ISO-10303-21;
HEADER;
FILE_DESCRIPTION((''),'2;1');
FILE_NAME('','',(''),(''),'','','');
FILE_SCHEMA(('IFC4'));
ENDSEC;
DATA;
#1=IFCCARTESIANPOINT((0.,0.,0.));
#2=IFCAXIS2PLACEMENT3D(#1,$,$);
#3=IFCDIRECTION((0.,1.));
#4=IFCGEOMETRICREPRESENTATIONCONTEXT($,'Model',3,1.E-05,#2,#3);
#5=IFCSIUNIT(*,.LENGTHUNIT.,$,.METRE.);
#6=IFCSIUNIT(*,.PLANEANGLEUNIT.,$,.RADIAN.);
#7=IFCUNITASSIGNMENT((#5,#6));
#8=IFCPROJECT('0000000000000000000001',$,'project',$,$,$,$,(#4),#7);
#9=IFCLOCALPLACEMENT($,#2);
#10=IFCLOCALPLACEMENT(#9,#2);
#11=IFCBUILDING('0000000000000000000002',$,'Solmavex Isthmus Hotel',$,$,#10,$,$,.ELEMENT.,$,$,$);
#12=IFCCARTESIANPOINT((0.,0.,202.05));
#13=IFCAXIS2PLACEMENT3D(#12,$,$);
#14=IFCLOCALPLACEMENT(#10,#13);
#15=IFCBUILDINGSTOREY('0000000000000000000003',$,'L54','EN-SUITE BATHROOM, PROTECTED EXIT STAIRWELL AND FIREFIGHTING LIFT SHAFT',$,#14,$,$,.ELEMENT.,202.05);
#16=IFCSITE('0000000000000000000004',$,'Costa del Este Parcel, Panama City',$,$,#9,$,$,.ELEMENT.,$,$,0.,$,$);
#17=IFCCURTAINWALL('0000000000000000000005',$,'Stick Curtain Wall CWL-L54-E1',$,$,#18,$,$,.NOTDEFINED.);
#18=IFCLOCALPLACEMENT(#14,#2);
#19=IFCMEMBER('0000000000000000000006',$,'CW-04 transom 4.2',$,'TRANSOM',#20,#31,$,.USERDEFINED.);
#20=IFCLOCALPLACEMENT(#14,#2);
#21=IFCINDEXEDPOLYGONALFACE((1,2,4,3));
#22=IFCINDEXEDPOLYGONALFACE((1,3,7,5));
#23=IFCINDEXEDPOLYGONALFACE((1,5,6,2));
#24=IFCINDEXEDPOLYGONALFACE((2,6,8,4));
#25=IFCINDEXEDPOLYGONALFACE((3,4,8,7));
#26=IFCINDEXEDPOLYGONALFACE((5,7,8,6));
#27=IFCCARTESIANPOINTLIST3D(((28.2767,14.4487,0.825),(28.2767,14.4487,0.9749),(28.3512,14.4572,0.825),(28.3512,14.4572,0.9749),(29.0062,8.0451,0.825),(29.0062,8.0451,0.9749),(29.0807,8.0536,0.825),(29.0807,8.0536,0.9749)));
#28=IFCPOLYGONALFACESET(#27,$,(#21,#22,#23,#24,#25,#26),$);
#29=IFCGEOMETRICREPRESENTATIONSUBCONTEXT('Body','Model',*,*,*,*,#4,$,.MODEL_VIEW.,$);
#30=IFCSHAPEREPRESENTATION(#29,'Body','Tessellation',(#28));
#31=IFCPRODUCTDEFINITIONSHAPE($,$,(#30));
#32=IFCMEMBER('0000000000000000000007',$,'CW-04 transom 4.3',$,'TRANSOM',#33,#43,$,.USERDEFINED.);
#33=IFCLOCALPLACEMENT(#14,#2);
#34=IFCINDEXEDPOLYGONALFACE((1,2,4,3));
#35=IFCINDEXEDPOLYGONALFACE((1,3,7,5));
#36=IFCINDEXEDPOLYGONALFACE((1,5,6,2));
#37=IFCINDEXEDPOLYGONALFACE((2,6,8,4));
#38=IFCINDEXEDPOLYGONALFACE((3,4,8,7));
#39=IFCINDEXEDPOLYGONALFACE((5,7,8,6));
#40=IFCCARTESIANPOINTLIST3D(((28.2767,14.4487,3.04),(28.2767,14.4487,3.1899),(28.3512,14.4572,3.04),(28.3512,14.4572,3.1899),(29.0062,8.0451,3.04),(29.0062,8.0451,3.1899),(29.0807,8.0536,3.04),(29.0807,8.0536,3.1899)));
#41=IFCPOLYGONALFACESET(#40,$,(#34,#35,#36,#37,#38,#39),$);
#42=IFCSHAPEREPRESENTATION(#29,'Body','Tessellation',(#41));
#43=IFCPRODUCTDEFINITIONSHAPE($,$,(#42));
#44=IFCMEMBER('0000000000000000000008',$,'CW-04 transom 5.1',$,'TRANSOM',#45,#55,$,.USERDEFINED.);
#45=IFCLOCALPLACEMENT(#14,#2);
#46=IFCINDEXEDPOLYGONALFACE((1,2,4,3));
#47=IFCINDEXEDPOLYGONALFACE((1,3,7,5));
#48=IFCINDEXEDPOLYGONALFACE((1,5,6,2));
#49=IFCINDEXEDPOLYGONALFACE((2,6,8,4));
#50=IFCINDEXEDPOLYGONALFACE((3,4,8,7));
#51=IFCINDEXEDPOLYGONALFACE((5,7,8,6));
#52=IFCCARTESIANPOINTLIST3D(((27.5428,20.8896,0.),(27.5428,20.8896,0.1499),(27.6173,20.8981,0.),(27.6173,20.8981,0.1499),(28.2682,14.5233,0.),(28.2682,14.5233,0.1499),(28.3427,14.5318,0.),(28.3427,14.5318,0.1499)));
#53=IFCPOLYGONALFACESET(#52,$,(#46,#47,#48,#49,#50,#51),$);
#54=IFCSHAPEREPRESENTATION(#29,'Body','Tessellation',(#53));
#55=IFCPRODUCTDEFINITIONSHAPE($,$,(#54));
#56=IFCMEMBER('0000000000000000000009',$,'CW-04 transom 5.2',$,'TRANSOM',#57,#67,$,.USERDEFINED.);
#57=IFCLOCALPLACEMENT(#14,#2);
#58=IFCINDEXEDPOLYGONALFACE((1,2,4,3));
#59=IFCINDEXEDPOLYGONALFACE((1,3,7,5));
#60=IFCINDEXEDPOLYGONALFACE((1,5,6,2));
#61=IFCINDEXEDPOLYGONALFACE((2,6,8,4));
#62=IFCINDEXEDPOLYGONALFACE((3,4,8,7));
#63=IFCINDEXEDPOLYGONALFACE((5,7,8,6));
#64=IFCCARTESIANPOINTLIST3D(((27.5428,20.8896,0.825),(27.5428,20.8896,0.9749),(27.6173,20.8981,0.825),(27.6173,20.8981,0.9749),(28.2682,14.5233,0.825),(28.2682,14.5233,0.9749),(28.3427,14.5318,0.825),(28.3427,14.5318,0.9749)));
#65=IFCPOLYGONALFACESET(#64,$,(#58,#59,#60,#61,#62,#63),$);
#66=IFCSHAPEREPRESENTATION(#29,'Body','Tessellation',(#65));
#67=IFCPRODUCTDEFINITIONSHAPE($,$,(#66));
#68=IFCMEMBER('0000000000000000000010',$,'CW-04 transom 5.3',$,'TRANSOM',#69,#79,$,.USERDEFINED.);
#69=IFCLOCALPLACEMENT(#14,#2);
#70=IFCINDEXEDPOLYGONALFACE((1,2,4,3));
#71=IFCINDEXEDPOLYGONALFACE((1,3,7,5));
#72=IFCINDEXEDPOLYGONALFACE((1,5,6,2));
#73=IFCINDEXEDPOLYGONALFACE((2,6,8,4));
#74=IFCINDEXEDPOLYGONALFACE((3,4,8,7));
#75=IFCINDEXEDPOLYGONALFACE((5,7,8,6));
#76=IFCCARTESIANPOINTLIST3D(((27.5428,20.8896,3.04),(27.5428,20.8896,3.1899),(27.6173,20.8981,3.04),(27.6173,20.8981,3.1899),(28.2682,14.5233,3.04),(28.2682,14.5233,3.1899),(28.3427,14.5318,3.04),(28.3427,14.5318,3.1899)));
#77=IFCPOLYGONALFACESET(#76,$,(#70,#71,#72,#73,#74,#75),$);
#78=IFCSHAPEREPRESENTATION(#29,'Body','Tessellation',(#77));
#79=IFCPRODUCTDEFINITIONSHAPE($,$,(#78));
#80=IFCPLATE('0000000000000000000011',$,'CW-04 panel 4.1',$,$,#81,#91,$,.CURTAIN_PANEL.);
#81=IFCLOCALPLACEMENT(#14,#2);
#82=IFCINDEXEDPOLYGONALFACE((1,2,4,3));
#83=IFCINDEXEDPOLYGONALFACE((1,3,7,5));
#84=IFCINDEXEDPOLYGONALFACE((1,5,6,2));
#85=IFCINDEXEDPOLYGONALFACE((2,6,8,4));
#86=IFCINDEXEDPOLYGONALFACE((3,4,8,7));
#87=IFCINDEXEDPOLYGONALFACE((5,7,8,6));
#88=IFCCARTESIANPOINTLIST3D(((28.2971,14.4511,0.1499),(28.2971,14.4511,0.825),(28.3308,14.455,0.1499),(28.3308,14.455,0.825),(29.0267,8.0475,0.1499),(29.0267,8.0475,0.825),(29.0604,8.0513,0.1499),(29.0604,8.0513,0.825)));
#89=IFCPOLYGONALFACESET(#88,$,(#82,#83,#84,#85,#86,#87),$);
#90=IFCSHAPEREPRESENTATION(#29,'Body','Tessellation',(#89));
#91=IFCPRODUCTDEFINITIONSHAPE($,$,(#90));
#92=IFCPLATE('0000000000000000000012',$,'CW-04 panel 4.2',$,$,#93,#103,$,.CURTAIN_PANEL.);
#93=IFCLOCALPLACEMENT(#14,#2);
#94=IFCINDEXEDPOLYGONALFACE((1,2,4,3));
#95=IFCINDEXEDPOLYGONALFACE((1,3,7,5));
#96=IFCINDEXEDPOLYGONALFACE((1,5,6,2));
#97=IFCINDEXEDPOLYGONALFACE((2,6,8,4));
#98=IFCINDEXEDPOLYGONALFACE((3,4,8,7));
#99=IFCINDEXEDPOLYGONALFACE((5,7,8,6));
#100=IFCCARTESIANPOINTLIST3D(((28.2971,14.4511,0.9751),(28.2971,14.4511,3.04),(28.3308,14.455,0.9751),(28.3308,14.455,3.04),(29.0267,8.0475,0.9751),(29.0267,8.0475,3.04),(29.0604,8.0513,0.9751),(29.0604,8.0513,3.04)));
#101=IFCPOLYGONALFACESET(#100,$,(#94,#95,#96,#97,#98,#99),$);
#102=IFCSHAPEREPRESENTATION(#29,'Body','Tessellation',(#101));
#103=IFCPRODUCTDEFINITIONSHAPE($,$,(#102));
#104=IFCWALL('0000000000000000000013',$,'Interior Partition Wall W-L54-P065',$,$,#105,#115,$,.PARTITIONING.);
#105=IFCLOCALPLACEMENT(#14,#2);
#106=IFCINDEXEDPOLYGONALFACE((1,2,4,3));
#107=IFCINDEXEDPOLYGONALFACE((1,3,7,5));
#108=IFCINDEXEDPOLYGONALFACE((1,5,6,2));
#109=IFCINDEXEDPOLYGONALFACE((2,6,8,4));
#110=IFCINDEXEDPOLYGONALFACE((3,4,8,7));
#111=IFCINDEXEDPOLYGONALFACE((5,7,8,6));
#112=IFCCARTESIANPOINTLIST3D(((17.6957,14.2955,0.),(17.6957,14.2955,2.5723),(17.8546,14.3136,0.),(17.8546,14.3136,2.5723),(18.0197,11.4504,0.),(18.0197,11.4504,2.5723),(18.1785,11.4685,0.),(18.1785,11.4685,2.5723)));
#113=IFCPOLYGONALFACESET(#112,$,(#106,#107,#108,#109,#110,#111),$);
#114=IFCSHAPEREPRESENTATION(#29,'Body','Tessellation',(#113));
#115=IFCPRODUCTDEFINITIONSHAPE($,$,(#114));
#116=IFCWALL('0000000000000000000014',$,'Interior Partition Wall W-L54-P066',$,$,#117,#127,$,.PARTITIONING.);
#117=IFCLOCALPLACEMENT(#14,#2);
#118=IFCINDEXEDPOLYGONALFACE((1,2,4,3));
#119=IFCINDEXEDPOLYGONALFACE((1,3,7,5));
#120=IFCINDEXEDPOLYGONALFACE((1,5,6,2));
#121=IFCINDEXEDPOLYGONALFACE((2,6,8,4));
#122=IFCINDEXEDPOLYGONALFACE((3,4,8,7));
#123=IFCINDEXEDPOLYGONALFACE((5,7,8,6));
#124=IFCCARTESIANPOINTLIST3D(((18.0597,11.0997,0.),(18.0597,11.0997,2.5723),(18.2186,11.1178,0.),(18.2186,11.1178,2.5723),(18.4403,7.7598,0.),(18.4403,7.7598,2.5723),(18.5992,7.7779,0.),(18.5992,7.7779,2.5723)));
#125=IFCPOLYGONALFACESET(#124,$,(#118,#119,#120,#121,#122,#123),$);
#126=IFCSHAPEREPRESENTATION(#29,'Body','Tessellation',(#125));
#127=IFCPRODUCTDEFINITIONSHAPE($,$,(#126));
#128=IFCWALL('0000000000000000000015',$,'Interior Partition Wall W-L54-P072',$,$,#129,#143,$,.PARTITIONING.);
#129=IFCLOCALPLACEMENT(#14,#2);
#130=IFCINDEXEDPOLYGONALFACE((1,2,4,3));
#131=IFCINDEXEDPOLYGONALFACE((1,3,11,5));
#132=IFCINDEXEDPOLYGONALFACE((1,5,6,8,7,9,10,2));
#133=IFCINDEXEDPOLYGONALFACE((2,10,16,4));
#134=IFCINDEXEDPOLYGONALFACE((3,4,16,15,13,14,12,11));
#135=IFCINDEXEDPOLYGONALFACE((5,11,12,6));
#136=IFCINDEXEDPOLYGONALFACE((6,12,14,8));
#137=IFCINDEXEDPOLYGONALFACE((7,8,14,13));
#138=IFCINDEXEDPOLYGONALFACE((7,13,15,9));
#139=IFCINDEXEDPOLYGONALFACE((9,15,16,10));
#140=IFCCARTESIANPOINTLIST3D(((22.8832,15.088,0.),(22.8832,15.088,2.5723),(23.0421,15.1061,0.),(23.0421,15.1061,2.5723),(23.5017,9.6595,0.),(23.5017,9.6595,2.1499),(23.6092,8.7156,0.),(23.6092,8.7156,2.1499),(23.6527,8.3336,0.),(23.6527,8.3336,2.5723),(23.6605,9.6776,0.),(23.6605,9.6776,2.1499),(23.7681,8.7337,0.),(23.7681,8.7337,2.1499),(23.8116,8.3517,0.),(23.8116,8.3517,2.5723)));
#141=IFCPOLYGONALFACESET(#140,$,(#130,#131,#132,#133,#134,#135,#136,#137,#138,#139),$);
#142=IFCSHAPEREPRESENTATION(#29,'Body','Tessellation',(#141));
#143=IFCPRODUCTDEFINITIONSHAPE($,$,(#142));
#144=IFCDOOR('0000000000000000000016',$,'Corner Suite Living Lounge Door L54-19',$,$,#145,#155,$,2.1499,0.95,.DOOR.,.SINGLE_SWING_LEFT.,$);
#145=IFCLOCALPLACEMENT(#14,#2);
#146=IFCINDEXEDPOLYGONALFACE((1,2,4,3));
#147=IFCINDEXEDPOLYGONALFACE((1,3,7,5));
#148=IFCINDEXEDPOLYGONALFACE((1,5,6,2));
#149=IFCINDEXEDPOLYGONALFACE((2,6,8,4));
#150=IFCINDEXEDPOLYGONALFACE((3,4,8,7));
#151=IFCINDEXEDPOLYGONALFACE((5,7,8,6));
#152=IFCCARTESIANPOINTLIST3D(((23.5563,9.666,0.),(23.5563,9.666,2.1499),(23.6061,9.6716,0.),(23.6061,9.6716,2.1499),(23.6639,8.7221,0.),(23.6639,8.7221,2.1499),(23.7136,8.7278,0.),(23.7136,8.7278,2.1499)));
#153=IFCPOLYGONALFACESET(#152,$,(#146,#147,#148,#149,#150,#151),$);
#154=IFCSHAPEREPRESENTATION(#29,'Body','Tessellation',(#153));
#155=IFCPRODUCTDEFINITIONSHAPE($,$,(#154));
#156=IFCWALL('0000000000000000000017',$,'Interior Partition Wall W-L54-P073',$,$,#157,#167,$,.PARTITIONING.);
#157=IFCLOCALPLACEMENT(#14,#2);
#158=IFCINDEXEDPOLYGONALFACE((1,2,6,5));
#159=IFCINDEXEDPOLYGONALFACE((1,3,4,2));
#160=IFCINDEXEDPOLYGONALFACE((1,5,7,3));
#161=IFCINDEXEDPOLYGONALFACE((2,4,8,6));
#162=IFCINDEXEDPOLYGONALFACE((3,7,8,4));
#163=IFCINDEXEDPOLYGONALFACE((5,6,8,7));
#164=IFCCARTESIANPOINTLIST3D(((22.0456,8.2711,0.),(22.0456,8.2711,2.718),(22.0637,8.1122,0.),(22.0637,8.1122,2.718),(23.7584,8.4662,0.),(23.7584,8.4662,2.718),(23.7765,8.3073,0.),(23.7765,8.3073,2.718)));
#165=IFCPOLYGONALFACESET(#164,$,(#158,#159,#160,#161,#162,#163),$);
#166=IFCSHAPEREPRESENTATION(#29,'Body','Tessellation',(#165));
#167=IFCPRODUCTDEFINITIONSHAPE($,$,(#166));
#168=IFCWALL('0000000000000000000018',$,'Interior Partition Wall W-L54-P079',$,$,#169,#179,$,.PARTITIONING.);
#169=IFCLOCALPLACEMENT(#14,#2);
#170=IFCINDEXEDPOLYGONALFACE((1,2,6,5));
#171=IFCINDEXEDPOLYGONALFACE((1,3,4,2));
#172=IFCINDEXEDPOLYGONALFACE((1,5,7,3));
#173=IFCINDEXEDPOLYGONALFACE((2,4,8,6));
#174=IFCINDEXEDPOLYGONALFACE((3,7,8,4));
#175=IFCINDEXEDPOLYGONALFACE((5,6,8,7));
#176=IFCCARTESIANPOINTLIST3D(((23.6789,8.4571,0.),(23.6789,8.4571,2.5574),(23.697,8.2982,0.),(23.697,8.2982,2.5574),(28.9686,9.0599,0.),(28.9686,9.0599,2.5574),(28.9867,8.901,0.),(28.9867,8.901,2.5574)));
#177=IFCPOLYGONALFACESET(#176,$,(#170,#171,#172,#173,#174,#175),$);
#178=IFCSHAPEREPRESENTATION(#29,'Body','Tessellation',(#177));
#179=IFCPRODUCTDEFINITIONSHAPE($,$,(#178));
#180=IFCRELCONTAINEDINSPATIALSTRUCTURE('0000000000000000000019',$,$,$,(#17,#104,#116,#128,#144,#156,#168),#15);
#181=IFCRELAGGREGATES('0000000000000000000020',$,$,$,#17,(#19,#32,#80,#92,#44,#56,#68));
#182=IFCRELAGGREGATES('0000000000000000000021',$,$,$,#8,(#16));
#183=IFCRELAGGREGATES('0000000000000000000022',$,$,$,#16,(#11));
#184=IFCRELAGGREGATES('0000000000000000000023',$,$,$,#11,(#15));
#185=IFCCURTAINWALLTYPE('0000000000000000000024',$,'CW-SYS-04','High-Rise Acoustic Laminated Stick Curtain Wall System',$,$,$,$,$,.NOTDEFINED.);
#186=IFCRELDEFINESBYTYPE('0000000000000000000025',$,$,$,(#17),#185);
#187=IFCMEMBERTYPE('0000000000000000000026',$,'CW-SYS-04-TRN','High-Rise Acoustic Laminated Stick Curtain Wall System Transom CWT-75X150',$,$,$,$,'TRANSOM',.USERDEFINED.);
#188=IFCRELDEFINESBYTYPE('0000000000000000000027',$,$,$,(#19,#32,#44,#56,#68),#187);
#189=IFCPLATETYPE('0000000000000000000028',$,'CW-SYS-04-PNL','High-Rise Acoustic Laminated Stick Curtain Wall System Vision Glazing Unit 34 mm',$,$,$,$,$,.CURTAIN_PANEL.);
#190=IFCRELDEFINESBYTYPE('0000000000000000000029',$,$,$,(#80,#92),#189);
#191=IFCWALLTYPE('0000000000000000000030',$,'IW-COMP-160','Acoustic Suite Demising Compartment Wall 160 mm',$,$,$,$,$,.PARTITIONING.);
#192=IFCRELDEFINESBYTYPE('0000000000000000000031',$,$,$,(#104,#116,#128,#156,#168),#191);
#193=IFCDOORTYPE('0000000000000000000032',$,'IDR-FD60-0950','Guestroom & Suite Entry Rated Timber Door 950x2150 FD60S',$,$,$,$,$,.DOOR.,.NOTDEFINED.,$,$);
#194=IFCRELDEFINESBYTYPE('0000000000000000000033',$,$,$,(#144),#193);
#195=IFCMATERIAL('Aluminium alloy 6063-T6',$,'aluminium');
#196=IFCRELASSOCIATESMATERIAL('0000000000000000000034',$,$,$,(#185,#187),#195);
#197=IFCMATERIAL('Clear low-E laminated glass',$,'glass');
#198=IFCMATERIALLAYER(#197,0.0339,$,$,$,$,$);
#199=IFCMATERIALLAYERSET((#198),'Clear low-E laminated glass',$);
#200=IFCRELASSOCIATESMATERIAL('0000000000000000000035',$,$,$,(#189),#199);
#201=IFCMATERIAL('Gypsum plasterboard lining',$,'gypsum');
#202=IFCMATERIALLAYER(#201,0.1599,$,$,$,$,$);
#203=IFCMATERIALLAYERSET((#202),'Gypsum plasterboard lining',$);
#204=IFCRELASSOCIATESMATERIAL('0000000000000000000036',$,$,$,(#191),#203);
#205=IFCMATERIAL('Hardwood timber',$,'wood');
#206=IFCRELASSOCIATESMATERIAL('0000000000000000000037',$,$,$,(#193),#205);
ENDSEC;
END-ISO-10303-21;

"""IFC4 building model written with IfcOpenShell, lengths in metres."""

from ifc_helpers import new_model, si_unit, direction, frame, frame_2d, origin, origin_2d, place, context, subcontext, project, spatial, rectangle, extrude, material, layer, layer_set, material_profile, profile_set, type_object, element, fill, aggregate, save


model = new_model("IFC4")

# Units and contexts
model_context = context("Model", 3, precision=1e-05, world=origin(), true_north=direction((0.0, 1.0)))
body_context = subcontext(model_context, "Body", "Model", "MODEL_VIEW")
ifc_project = project(units=[si_unit("LENGTHUNIT", "METRE"), si_unit("PLANEANGLEUNIT", "RADIAN")], contexts=[model_context])

# Site, building, storey
site_placement = place(None, origin())
site = spatial("IfcSite", under=ifc_project, at=site_placement, Name="Costa del Este Parcel, Panama City", CompositionType="ELEMENT", RefElevation=0.0)
building_placement = place(site_placement, origin())
building = spatial("IfcBuilding", under=site, at=building_placement, Name="Solmavex Isthmus Hotel", CompositionType="ELEMENT")
storey_placement = place(building_placement, frame((0.0, 0.0, 202.05)))
storey = spatial("IfcBuildingStorey", under=building, at=storey_placement, Name="L54", Description="EN-SUITE BATHROOM, PROTECTED EXIT STAIRWELL AND FIREFIGHTING LIFT SHAFT", CompositionType="ELEMENT", Elevation=202.05)

# Curtain wall, members, plates
ifc_material_1 = material(Name="Aluminium alloy 6063-T6", Category="aluminium")
curtain_wall_type = type_object("IfcCurtainWallType", Name="CW-SYS-04", Description="High-Rise Acoustic Laminated Stick Curtain Wall System", PredefinedType="NOTDEFINED", material=ifc_material_1)
curtain_wall_placement = place(storey_placement, origin())
curtain_wall = element("IfcCurtainWall", 1, at=curtain_wall_placement, inside=storey, type_object=curtain_wall_type, Name="Stick Curtain Wall CWL-L54-E1", PredefinedType="NOTDEFINED")
ifc_material_profile_1 = material_profile(ifc_material_1, rectangle(XDim=0.075, YDim=0.1499, at=origin_2d()), Name="CWT-75X150")
ifc_profile_set_1 = profile_set([ifc_material_profile_1], Name="Aluminium alloy 6063-T6")
member_type_1 = type_object("IfcMemberType", Name="CW-SYS-04-TRN", Description="High-Rise Acoustic Laminated Stick Curtain Wall System Transom CWT-75X150", ElementType="TRANSOM", PredefinedType="USERDEFINED", material=ifc_profile_set_1)
member_1_placement = place(storey_placement, frame((29.0435, 8.0493, 0.8999), z_axis=(-0.113188, 0.993574, 0.0), x_axis=(-0.993574, -0.113188, 0.0)))
member_1 = element("IfcMember", 2, at=member_1_placement, type_object=member_type_1, Name="CW-04 transom 4.2", ObjectType="TRANSOM", PredefinedType="USERDEFINED", context=body_context, shape_type="SweptSolid", body=[
    extrude(rectangle(XDim=0.075, YDim=0.1499, at=origin_2d()), origin(), (0.0, 0.0, 1.0), 6.4451),
])
member_2_placement = place(storey_placement, frame((29.0435, 8.0493, 3.115), z_axis=(-0.113188, 0.993574, 0.0), x_axis=(-0.993574, -0.113188, 0.0)))
member_2 = element("IfcMember", 3, at=member_2_placement, type_object=member_type_1, Name="CW-04 transom 4.3", ObjectType="TRANSOM", PredefinedType="USERDEFINED", context=body_context, shape_type="SweptSolid", body=[
    extrude(rectangle(XDim=0.075, YDim=0.1499, at=origin_2d()), origin(), (0.0, 0.0, 1.0), 6.4451),
])
member_3_placement = place(storey_placement, frame((28.3054, 14.5276, 0.075), z_axis=(-0.113204, 0.993572, 0.0), x_axis=(-0.993572, -0.113204, 0.0)))
member_3 = element("IfcMember", 4, at=member_3_placement, type_object=member_type_1, Name="CW-04 transom 5.1", ObjectType="TRANSOM", PredefinedType="USERDEFINED", context=body_context, shape_type="SweptSolid", body=[
    extrude(rectangle(XDim=0.075, YDim=0.1499, at=origin_2d()), origin(), (0.0, 0.0, 1.0), 6.4075),
])
member_4_placement = place(storey_placement, frame((28.3054, 14.5276, 0.8999), z_axis=(-0.113204, 0.993572, 0.0), x_axis=(-0.993572, -0.113204, 0.0)))
member_4 = element("IfcMember", 5, at=member_4_placement, type_object=member_type_1, Name="CW-04 transom 5.2", ObjectType="TRANSOM", PredefinedType="USERDEFINED", context=body_context, shape_type="SweptSolid", body=[
    extrude(rectangle(XDim=0.075, YDim=0.1499, at=origin_2d()), origin(), (0.0, 0.0, 1.0), 6.4075),
])
member_5_placement = place(storey_placement, frame((28.3054, 14.5276, 3.115), z_axis=(-0.113204, 0.993572, 0.0), x_axis=(-0.993572, -0.113204, 0.0)))
member_5 = element("IfcMember", 6, at=member_5_placement, type_object=member_type_1, Name="CW-04 transom 5.3", ObjectType="TRANSOM", PredefinedType="USERDEFINED", context=body_context, shape_type="SweptSolid", body=[
    extrude(rectangle(XDim=0.075, YDim=0.1499, at=origin_2d()), origin(), (0.0, 0.0, 1.0), 6.4075),
])
ifc_material_2 = material(Name="Clear low-E laminated glass", Category="glass")
ifc_layer_1 = layer(ifc_material_2, 0.0339)
ifc_layer_set_1 = layer_set([ifc_layer_1], Name="Clear low-E laminated glass")
plate_type = type_object("IfcPlateType", Name="CW-SYS-04-PNL", Description="High-Rise Acoustic Laminated Stick Curtain Wall System Vision Glazing Unit 34 mm", PredefinedType="CURTAIN_PANEL", material=ifc_layer_set_1)
plate_1_placement = place(storey_placement, frame((28.6787, 11.2512, 0.1499), z_axis=(0.0, 0.0, 1.0), x_axis=(-0.113203, 0.993572, 0.0)))
plate_1 = element("IfcPlate", 7, at=plate_1_placement, type_object=plate_type, Name="CW-04 panel 4.1", PredefinedType="CURTAIN_PANEL", context=body_context, shape_type="SweptSolid", body=[
    extrude(rectangle(XDim=6.4451, YDim=0.0339, at=origin_2d()), origin(), (0.0, 0.0, 1.0), 0.675),
])
plate_2_placement = place(storey_placement, frame((28.6787, 11.2512, 0.9751), z_axis=(0.0, 0.0, 1.0), x_axis=(-0.113203, 0.993572, 0.0)))
plate_2 = element("IfcPlate", 8, at=plate_2_placement, type_object=plate_type, Name="CW-04 panel 4.2", PredefinedType="CURTAIN_PANEL", context=body_context, shape_type="SweptSolid", body=[
    extrude(rectangle(XDim=6.4451, YDim=0.0339, at=origin_2d()), origin(), (0.0, 0.0, 1.0), 2.0649),
])
aggregate(curtain_wall, [member_1, member_2, plate_1, plate_2, member_3, member_4, member_5])

# Walls
ifc_material_3 = material(Name="Gypsum plasterboard lining", Category="gypsum")
ifc_layer_2 = layer(ifc_material_3, 0.1599)
ifc_layer_set_2 = layer_set([ifc_layer_2], Name="Gypsum plasterboard lining")
wall_type_1 = type_object("IfcWallType", Name="IW-COMP-160", Description="Acoustic Suite Demising Compartment Wall 160 mm", PredefinedType="PARTITIONING", material=ifc_layer_set_2)
wall_1_placement = place(storey_placement, frame((17.7751, 14.3044, 0.0), z_axis=(0.0, 0.0, 1.0), x_axis=(0.113135, -0.99358, 0.0)))
element("IfcWall", 9, at=wall_1_placement, inside=storey, type_object=wall_type_1, Name="Interior Partition Wall W-L54-P065", PredefinedType="PARTITIONING", context=body_context, shape_type="SweptSolid", body=[
    extrude(rectangle(XDim=2.8635, YDim=0.1599, at=frame_2d((1.4316, 0.0))), origin(), (0.0, 0.0, 1.0), 2.5723),
])
wall_2_placement = place(storey_placement, frame((18.1392, 11.1086, 0.0), z_axis=(0.0, 0.0, 1.0), x_axis=(0.113229, -0.993569, 0.0)))
element("IfcWall", 10, at=wall_2_placement, inside=storey, type_object=wall_type_1, Name="Interior Partition Wall W-L54-P066", PredefinedType="PARTITIONING", context=body_context, shape_type="SweptSolid", body=[
    extrude(rectangle(XDim=3.3616, YDim=0.1599, at=frame_2d((1.6807, 0.0))), origin(), (0.0, 0.0, 1.0), 2.5723),
])

# Wall, opening, door
ifc_material_4 = material(Name="Hardwood timber", Category="wood")
door_type_1 = type_object("IfcDoorType", Name="IDR-FD60-0950", Description="Guestroom & Suite Entry Rated Timber Door 950x2150 FD60S", OperationType="NOTDEFINED", PredefinedType="DOOR", material=ifc_material_4)
wall_3_placement = place(storey_placement, frame((22.9626, 15.0969, 0.0), z_axis=(0.0, 0.0, 1.0), x_axis=(0.113198, -0.993572, 0.0)))
wall_3 = element("IfcWall", 11, at=wall_3_placement, inside=storey, type_object=wall_type_1, Name="Interior Partition Wall W-L54-P072", PredefinedType="PARTITIONING", context=body_context, shape_type="SweptSolid", body=[
    extrude(rectangle(XDim=6.7981, YDim=0.1599, at=frame_2d((3.3989, 0.0))), origin(), (0.0, 0.0, 1.0), 2.5723),
])
opening_1_placement = place(wall_3_placement, frame((5.4634, 0.0, 0.0)))
opening_1 = element("IfcOpeningElement", 12, at=opening_1_placement, cuts=wall_3, PredefinedType="OPENING", context=body_context, shape_type="SweptSolid", body=[
    extrude(rectangle(XDim=0.95, YDim=2.1499, at=frame_2d((0.4751, 1.075))), frame((0.0, 0.0898, 0.0), z_axis=(0.0, -1.0, 0.0), x_axis=(1.0, 0.0, 0.0)), (0.0, 0.0, 1.0), 0.1799),
])
door_1_placement = place(opening_1_placement, frame((0.95, 0.0, 0.0), z_axis=(0.0, 0.0, 1.0), x_axis=(-1.0, 0.0, 0.0)))
door_1 = element("IfcDoor", 13, at=door_1_placement, inside=storey, type_object=door_type_1, Name="Corner Suite Living Lounge Door L54-19", OperationType="SINGLE_SWING_LEFT", OverallHeight=2.1499, OverallWidth=0.95, PredefinedType="DOOR", context=body_context, shape_type="SweptSolid", body=[
    extrude(rectangle(XDim=0.95, YDim=2.1499, at=frame_2d((0.4751, 1.075))), frame((0.0, 0.0249, 0.0), z_axis=(0.0, -1.0, 0.0), x_axis=(1.0, 0.0, 0.0)), (0.0, 0.0, 1.0), 0.05),
])
fill(opening_1, door_1)

# Walls
wall_4_placement = place(storey_placement, frame((23.7673, 8.3867, 0.0), z_axis=(0.0, 0.0, 1.0), x_axis=(-0.993578, -0.113151, 0.0)))
element("IfcWall", 14, at=wall_4_placement, inside=storey, type_object=wall_type_1, Name="Interior Partition Wall W-L54-P073", PredefinedType="PARTITIONING", context=body_context, shape_type="SweptSolid", body=[
    extrude(rectangle(XDim=1.7239, YDim=0.1599, at=frame_2d((0.8618, 0.0))), origin(), (0.0, 0.0, 1.0), 2.718),
])
wall_5_placement = place(storey_placement, frame((28.9778, 8.9805, 0.0), z_axis=(0.0, 0.0, 1.0), x_axis=(-0.99357, -0.113219, 0.0)))
element("IfcWall", 15, at=wall_5_placement, inside=storey, type_object=wall_type_1, Name="Interior Partition Wall W-L54-P079", PredefinedType="PARTITIONING", context=body_context, shape_type="SweptSolid", body=[
    extrude(rectangle(XDim=5.324, YDim=0.1599, at=frame_2d((2.6621, 0.0))), origin(), (0.0, 0.0, 1.0), 2.5574),
])

save(model, "model.ifc")
